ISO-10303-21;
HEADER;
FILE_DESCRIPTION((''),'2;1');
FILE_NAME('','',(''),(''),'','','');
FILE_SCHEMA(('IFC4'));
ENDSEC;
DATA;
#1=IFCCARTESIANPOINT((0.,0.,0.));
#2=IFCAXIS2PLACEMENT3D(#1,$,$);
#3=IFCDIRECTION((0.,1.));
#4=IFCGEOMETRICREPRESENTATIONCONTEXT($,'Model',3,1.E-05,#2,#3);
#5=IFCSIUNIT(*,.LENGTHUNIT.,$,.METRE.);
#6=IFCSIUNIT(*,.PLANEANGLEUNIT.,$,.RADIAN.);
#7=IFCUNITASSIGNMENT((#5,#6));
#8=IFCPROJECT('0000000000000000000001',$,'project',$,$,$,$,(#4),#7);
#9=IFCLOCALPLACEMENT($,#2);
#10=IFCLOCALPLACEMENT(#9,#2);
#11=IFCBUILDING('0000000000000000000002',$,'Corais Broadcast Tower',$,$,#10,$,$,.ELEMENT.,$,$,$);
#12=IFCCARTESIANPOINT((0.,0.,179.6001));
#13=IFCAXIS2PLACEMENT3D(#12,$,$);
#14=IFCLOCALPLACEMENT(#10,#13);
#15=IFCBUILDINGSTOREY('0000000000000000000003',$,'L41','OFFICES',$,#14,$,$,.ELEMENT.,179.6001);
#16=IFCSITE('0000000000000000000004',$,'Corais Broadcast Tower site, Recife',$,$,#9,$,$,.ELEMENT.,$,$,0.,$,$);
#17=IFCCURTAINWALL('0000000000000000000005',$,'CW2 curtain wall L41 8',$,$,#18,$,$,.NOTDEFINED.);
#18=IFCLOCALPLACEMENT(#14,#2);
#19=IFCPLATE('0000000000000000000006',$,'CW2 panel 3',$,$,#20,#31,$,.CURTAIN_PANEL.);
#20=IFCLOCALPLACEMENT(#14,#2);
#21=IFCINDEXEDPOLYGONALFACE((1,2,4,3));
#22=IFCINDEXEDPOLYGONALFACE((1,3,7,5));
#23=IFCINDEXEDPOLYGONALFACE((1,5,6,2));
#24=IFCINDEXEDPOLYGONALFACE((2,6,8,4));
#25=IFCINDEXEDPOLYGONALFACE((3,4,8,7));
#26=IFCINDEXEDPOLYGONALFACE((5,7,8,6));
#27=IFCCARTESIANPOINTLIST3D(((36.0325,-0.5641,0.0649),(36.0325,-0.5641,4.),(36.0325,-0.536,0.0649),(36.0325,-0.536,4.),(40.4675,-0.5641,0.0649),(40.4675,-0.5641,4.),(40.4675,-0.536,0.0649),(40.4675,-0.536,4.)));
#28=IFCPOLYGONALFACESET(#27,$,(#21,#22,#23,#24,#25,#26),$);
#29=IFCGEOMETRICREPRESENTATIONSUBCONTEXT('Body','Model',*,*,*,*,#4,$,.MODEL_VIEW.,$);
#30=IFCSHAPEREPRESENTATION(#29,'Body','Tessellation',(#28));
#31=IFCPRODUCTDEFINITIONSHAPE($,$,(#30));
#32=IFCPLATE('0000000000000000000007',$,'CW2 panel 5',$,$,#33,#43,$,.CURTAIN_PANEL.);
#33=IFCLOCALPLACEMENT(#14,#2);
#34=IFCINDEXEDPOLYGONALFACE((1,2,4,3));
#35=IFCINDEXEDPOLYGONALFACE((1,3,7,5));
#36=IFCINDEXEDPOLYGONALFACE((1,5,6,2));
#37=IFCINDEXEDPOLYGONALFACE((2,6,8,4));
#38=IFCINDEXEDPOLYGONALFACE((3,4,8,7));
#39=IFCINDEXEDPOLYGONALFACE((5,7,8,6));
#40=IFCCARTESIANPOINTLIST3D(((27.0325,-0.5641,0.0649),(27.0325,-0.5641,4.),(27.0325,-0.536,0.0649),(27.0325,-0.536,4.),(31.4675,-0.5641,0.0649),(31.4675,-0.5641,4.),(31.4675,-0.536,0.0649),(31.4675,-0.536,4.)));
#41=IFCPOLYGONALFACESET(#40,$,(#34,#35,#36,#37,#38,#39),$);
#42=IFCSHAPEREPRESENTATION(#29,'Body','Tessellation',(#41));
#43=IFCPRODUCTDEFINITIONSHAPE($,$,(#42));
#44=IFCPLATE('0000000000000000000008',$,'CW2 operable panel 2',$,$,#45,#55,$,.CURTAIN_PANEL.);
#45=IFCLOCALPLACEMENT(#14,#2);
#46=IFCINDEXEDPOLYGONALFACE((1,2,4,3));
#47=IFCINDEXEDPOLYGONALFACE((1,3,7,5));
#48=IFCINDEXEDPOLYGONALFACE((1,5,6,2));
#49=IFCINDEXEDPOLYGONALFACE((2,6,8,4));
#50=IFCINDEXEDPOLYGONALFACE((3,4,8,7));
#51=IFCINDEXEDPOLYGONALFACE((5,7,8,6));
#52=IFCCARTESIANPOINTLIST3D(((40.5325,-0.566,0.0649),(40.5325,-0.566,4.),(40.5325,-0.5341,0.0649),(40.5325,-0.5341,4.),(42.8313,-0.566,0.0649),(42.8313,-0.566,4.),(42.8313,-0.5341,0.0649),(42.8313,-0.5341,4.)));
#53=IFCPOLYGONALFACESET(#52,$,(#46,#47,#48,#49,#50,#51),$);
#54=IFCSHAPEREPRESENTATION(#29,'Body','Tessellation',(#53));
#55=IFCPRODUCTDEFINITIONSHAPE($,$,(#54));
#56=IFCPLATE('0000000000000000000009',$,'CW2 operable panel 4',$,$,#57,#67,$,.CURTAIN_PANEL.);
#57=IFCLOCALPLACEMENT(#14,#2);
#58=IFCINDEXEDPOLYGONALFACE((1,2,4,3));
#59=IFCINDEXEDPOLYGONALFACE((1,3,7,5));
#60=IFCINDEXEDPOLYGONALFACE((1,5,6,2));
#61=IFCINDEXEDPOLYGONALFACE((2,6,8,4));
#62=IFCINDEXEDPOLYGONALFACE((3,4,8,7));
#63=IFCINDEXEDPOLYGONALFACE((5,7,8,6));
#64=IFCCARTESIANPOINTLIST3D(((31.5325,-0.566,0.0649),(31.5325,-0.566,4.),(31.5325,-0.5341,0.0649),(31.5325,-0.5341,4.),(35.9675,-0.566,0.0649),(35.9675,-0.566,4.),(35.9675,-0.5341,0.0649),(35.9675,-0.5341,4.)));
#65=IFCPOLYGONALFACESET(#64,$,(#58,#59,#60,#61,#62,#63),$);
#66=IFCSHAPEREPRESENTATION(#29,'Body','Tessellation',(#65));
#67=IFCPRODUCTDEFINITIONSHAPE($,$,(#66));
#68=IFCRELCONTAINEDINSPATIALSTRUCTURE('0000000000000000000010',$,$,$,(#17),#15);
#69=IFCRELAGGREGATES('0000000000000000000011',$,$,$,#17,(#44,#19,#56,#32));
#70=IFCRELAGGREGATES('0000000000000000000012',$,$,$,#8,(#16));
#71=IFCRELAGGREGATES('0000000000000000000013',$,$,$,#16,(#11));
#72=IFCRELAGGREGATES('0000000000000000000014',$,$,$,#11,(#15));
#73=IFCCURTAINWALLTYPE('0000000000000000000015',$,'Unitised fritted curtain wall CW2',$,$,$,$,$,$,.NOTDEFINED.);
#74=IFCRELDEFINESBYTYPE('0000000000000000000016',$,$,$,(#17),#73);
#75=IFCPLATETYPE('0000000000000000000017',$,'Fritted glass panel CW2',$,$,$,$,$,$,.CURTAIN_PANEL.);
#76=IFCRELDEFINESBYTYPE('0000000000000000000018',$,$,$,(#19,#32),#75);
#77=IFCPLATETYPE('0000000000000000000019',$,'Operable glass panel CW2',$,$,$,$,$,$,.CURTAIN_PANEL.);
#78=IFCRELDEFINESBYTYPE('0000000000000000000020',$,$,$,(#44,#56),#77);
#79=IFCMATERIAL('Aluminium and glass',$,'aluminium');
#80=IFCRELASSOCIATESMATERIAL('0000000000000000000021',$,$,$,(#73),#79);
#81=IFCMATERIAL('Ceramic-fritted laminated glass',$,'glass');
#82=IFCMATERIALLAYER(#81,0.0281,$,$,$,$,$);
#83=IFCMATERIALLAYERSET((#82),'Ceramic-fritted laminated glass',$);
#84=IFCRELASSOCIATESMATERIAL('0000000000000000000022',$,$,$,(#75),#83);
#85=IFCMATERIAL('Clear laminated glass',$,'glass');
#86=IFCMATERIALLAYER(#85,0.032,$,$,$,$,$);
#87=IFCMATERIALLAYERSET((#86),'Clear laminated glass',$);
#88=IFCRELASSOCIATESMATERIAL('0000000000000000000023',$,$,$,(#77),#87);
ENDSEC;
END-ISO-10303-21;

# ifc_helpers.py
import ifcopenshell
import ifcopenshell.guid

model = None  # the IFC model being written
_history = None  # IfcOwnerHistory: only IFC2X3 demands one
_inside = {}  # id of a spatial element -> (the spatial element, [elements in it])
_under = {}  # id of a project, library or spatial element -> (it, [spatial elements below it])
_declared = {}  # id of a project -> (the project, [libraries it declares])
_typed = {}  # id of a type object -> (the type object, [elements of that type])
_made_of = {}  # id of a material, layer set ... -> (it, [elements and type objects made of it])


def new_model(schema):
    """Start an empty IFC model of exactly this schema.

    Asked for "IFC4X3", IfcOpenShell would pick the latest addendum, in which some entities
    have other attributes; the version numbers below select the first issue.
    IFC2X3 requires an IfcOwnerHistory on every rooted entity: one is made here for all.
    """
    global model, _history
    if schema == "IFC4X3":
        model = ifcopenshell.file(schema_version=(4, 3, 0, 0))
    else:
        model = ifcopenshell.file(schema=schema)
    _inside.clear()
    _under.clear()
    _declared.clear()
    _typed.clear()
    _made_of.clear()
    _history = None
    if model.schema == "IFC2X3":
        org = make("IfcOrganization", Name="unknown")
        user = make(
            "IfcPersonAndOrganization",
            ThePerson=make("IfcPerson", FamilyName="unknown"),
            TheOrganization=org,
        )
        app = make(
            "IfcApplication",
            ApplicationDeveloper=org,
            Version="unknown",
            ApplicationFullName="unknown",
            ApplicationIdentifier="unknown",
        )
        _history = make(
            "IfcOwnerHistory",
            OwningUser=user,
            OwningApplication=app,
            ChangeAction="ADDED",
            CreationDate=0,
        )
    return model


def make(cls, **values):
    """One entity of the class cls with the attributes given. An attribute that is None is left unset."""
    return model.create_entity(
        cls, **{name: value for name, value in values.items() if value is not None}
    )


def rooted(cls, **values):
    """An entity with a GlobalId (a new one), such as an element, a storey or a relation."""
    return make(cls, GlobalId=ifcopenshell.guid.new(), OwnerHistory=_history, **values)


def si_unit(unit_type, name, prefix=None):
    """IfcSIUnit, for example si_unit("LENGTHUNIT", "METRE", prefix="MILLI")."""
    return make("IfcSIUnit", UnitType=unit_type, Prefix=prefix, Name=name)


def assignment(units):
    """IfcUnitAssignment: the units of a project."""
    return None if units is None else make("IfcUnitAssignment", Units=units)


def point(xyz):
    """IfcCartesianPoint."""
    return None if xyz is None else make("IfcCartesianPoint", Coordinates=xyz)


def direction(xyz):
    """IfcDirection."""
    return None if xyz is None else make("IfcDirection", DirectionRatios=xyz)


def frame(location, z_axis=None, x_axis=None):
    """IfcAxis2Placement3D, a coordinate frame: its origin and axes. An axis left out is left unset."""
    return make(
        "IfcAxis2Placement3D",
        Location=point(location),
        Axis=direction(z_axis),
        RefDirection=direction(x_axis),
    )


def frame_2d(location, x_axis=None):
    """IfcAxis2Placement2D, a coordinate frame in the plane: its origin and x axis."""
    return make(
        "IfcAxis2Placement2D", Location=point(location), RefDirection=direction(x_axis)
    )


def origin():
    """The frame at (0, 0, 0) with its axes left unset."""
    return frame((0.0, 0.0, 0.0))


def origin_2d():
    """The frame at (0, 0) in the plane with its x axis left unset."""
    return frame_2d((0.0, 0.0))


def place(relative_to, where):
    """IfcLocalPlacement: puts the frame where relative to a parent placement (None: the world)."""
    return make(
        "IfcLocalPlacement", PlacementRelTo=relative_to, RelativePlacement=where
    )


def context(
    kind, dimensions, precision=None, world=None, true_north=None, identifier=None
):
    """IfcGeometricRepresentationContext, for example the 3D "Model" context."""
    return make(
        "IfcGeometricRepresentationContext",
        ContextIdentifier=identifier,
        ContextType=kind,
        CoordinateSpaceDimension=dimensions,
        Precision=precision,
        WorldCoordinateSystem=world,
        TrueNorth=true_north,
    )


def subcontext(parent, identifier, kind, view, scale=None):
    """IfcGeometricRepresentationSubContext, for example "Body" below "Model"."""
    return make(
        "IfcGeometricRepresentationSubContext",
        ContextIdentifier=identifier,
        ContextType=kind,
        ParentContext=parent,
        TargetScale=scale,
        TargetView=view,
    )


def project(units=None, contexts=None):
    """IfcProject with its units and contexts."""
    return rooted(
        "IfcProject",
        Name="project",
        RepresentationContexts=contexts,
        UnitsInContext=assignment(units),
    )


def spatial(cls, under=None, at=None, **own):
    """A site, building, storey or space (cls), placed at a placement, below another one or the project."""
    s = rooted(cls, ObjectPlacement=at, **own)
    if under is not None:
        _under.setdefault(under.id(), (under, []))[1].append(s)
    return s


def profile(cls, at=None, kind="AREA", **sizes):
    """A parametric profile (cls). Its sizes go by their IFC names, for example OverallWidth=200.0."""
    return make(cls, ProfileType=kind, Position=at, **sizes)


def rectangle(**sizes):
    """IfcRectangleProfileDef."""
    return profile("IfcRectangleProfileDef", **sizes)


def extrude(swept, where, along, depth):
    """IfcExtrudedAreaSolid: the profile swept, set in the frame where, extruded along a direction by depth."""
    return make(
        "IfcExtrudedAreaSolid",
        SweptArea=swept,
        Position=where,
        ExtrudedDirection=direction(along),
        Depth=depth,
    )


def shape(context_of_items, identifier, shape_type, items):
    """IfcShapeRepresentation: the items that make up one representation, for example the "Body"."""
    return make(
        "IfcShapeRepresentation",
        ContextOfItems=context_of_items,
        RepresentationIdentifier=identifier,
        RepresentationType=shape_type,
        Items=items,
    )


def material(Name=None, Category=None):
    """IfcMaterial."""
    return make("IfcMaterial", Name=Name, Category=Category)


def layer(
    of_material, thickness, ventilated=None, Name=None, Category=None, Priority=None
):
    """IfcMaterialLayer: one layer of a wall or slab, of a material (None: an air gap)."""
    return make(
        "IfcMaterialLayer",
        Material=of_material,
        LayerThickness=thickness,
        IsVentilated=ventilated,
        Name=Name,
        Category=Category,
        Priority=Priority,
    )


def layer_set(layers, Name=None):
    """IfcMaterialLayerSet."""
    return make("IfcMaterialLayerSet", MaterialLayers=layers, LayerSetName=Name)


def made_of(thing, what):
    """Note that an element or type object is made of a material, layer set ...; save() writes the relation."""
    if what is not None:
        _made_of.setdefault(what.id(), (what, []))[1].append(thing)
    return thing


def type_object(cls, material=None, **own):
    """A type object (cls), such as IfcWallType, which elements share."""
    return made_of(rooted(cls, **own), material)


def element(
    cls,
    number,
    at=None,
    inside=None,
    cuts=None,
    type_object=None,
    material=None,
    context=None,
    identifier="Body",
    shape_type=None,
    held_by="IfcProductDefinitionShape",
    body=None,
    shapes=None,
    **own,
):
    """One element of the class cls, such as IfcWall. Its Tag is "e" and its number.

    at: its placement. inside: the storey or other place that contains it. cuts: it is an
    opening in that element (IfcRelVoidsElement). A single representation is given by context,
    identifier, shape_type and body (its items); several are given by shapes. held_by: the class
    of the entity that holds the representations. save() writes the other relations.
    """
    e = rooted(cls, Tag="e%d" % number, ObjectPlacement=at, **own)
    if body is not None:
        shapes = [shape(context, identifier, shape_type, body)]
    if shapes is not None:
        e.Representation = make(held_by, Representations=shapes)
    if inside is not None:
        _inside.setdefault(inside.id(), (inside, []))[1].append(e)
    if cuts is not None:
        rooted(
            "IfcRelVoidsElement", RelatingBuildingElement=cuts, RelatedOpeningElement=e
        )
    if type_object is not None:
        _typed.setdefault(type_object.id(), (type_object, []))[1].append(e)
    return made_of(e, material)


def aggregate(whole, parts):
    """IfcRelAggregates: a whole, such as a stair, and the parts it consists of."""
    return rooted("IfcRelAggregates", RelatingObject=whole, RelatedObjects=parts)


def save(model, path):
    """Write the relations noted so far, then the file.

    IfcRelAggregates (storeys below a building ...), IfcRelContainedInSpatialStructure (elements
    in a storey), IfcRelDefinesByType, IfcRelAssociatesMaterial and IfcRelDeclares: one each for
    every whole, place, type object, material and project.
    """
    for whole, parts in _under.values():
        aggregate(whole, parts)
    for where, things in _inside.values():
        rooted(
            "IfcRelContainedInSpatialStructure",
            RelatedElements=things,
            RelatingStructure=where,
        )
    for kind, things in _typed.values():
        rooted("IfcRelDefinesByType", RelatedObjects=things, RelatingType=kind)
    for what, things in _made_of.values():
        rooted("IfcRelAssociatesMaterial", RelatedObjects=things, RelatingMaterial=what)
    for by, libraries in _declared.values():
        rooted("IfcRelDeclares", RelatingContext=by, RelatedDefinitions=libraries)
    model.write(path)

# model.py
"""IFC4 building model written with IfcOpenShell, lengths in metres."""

from ifc_helpers import new_model, si_unit, direction, frame, origin, origin_2d, place, context, subcontext, project, spatial, rectangle, extrude, material, layer, layer_set, type_object, element, aggregate, save


model = new_model("IFC4")

# Units and contexts
model_context = context("Model", 3, precision=1e-05, world=origin(), true_north=direction((0.0, 1.0)))
body_context = subcontext(model_context, "Body", "Model", "MODEL_VIEW")
ifc_project = project(units=[si_unit("LENGTHUNIT", "METRE"), si_unit("PLANEANGLEUNIT", "RADIAN")], contexts=[model_context])

# Site, building, storey
site_placement = place(None, origin())
site = spatial("IfcSite", under=ifc_project, at=site_placement, Name="Corais Broadcast Tower site, Recife", CompositionType="ELEMENT", RefElevation=0.0)
building_placement = place(site_placement, origin())
building = spatial("IfcBuilding", under=site, at=building_placement, Name="Corais Broadcast Tower", CompositionType="ELEMENT")
storey_placement = place(building_placement, frame((0.0, 0.0, 179.6001)))
storey = spatial("IfcBuildingStorey", under=building, at=storey_placement, Name="L41", Description="OFFICES", CompositionType="ELEMENT", Elevation=179.6001)

# Curtain wall
ifc_material_1 = material(Name="Aluminium and glass", Category="aluminium")
curtain_wall_type = type_object("IfcCurtainWallType", Name="Unitised fritted curtain wall CW2", PredefinedType="NOTDEFINED", material=ifc_material_1)
curtain_wall_placement = place(storey_placement, origin())
curtain_wall = element("IfcCurtainWall", 1, at=curtain_wall_placement, inside=storey, type_object=curtain_wall_type, Name="CW2 curtain wall L41 8", PredefinedType="NOTDEFINED")

# Plates
ifc_material_2 = material(Name="Ceramic-fritted laminated glass", Category="glass")
ifc_layer_1 = layer(ifc_material_2, 0.0281)
ifc_layer_set_1 = layer_set([ifc_layer_1], Name="Ceramic-fritted laminated glass")
plate_type_1 = type_object("IfcPlateType", Name="Fritted glass panel CW2", PredefinedType="CURTAIN_PANEL", material=ifc_layer_set_1)
plate_1_placement = place(storey_placement, frame((38.25, -0.55, 0.0649), z_axis=(0.0, 0.0, 1.0), x_axis=(-1.0, 0.0, 0.0)))
plate_1 = element("IfcPlate", 2, at=plate_1_placement, type_object=plate_type_1, Name="CW2 panel 3", PredefinedType="CURTAIN_PANEL", context=body_context, shape_type="SweptSolid", body=[
    extrude(rectangle(XDim=4.4351, YDim=0.0281, at=origin_2d()), origin(), (0.0, 0.0, 1.0), 3.9351),
])
plate_2_placement = place(storey_placement, frame((29.25, -0.55, 0.0649), z_axis=(0.0, 0.0, 1.0), x_axis=(-1.0, 0.0, 0.0)))
plate_2 = element("IfcPlate", 3, at=plate_2_placement, type_object=plate_type_1, Name="CW2 panel 5", PredefinedType="CURTAIN_PANEL", context=body_context, shape_type="SweptSolid", body=[
    extrude(rectangle(XDim=4.4351, YDim=0.0281, at=origin_2d()), origin(), (0.0, 0.0, 1.0), 3.9351),
])
ifc_material_3 = material(Name="Clear laminated glass", Category="glass")
ifc_layer_2 = layer(ifc_material_3, 0.032)
ifc_layer_set_2 = layer_set([ifc_layer_2], Name="Clear laminated glass")
plate_type_2 = type_object("IfcPlateType", Name="Operable glass panel CW2", PredefinedType="CURTAIN_PANEL", material=ifc_layer_set_2)
plate_3_placement = place(storey_placement, frame((41.6819, -0.55, 0.0649), z_axis=(0.0, 0.0, 1.0), x_axis=(-1.0, 0.0, 0.0)))
plate_3 = element("IfcPlate", 4, at=plate_3_placement, type_object=plate_type_2, Name="CW2 operable panel 2", PredefinedType="CURTAIN_PANEL", context=body_context, shape_type="SweptSolid", body=[
    extrude(rectangle(XDim=2.2988, YDim=0.032, at=origin_2d()), origin(), (0.0, 0.0, 1.0), 3.9351),
])
plate_4_placement = place(storey_placement, frame((33.75, -0.55, 0.0649), z_axis=(0.0, 0.0, 1.0), x_axis=(-1.0, 0.0, 0.0)))
plate_4 = element("IfcPlate", 5, at=plate_4_placement, type_object=plate_type_2, Name="CW2 operable panel 4", PredefinedType="CURTAIN_PANEL", context=body_context, shape_type="SweptSolid", body=[
    extrude(rectangle(XDim=4.4351, YDim=0.032, at=origin_2d()), origin(), (0.0, 0.0, 1.0), 3.9351),
])
aggregate(curtain_wall, [plate_3, plate_1, plate_4, plate_2])

save(model, "model.ifc")
